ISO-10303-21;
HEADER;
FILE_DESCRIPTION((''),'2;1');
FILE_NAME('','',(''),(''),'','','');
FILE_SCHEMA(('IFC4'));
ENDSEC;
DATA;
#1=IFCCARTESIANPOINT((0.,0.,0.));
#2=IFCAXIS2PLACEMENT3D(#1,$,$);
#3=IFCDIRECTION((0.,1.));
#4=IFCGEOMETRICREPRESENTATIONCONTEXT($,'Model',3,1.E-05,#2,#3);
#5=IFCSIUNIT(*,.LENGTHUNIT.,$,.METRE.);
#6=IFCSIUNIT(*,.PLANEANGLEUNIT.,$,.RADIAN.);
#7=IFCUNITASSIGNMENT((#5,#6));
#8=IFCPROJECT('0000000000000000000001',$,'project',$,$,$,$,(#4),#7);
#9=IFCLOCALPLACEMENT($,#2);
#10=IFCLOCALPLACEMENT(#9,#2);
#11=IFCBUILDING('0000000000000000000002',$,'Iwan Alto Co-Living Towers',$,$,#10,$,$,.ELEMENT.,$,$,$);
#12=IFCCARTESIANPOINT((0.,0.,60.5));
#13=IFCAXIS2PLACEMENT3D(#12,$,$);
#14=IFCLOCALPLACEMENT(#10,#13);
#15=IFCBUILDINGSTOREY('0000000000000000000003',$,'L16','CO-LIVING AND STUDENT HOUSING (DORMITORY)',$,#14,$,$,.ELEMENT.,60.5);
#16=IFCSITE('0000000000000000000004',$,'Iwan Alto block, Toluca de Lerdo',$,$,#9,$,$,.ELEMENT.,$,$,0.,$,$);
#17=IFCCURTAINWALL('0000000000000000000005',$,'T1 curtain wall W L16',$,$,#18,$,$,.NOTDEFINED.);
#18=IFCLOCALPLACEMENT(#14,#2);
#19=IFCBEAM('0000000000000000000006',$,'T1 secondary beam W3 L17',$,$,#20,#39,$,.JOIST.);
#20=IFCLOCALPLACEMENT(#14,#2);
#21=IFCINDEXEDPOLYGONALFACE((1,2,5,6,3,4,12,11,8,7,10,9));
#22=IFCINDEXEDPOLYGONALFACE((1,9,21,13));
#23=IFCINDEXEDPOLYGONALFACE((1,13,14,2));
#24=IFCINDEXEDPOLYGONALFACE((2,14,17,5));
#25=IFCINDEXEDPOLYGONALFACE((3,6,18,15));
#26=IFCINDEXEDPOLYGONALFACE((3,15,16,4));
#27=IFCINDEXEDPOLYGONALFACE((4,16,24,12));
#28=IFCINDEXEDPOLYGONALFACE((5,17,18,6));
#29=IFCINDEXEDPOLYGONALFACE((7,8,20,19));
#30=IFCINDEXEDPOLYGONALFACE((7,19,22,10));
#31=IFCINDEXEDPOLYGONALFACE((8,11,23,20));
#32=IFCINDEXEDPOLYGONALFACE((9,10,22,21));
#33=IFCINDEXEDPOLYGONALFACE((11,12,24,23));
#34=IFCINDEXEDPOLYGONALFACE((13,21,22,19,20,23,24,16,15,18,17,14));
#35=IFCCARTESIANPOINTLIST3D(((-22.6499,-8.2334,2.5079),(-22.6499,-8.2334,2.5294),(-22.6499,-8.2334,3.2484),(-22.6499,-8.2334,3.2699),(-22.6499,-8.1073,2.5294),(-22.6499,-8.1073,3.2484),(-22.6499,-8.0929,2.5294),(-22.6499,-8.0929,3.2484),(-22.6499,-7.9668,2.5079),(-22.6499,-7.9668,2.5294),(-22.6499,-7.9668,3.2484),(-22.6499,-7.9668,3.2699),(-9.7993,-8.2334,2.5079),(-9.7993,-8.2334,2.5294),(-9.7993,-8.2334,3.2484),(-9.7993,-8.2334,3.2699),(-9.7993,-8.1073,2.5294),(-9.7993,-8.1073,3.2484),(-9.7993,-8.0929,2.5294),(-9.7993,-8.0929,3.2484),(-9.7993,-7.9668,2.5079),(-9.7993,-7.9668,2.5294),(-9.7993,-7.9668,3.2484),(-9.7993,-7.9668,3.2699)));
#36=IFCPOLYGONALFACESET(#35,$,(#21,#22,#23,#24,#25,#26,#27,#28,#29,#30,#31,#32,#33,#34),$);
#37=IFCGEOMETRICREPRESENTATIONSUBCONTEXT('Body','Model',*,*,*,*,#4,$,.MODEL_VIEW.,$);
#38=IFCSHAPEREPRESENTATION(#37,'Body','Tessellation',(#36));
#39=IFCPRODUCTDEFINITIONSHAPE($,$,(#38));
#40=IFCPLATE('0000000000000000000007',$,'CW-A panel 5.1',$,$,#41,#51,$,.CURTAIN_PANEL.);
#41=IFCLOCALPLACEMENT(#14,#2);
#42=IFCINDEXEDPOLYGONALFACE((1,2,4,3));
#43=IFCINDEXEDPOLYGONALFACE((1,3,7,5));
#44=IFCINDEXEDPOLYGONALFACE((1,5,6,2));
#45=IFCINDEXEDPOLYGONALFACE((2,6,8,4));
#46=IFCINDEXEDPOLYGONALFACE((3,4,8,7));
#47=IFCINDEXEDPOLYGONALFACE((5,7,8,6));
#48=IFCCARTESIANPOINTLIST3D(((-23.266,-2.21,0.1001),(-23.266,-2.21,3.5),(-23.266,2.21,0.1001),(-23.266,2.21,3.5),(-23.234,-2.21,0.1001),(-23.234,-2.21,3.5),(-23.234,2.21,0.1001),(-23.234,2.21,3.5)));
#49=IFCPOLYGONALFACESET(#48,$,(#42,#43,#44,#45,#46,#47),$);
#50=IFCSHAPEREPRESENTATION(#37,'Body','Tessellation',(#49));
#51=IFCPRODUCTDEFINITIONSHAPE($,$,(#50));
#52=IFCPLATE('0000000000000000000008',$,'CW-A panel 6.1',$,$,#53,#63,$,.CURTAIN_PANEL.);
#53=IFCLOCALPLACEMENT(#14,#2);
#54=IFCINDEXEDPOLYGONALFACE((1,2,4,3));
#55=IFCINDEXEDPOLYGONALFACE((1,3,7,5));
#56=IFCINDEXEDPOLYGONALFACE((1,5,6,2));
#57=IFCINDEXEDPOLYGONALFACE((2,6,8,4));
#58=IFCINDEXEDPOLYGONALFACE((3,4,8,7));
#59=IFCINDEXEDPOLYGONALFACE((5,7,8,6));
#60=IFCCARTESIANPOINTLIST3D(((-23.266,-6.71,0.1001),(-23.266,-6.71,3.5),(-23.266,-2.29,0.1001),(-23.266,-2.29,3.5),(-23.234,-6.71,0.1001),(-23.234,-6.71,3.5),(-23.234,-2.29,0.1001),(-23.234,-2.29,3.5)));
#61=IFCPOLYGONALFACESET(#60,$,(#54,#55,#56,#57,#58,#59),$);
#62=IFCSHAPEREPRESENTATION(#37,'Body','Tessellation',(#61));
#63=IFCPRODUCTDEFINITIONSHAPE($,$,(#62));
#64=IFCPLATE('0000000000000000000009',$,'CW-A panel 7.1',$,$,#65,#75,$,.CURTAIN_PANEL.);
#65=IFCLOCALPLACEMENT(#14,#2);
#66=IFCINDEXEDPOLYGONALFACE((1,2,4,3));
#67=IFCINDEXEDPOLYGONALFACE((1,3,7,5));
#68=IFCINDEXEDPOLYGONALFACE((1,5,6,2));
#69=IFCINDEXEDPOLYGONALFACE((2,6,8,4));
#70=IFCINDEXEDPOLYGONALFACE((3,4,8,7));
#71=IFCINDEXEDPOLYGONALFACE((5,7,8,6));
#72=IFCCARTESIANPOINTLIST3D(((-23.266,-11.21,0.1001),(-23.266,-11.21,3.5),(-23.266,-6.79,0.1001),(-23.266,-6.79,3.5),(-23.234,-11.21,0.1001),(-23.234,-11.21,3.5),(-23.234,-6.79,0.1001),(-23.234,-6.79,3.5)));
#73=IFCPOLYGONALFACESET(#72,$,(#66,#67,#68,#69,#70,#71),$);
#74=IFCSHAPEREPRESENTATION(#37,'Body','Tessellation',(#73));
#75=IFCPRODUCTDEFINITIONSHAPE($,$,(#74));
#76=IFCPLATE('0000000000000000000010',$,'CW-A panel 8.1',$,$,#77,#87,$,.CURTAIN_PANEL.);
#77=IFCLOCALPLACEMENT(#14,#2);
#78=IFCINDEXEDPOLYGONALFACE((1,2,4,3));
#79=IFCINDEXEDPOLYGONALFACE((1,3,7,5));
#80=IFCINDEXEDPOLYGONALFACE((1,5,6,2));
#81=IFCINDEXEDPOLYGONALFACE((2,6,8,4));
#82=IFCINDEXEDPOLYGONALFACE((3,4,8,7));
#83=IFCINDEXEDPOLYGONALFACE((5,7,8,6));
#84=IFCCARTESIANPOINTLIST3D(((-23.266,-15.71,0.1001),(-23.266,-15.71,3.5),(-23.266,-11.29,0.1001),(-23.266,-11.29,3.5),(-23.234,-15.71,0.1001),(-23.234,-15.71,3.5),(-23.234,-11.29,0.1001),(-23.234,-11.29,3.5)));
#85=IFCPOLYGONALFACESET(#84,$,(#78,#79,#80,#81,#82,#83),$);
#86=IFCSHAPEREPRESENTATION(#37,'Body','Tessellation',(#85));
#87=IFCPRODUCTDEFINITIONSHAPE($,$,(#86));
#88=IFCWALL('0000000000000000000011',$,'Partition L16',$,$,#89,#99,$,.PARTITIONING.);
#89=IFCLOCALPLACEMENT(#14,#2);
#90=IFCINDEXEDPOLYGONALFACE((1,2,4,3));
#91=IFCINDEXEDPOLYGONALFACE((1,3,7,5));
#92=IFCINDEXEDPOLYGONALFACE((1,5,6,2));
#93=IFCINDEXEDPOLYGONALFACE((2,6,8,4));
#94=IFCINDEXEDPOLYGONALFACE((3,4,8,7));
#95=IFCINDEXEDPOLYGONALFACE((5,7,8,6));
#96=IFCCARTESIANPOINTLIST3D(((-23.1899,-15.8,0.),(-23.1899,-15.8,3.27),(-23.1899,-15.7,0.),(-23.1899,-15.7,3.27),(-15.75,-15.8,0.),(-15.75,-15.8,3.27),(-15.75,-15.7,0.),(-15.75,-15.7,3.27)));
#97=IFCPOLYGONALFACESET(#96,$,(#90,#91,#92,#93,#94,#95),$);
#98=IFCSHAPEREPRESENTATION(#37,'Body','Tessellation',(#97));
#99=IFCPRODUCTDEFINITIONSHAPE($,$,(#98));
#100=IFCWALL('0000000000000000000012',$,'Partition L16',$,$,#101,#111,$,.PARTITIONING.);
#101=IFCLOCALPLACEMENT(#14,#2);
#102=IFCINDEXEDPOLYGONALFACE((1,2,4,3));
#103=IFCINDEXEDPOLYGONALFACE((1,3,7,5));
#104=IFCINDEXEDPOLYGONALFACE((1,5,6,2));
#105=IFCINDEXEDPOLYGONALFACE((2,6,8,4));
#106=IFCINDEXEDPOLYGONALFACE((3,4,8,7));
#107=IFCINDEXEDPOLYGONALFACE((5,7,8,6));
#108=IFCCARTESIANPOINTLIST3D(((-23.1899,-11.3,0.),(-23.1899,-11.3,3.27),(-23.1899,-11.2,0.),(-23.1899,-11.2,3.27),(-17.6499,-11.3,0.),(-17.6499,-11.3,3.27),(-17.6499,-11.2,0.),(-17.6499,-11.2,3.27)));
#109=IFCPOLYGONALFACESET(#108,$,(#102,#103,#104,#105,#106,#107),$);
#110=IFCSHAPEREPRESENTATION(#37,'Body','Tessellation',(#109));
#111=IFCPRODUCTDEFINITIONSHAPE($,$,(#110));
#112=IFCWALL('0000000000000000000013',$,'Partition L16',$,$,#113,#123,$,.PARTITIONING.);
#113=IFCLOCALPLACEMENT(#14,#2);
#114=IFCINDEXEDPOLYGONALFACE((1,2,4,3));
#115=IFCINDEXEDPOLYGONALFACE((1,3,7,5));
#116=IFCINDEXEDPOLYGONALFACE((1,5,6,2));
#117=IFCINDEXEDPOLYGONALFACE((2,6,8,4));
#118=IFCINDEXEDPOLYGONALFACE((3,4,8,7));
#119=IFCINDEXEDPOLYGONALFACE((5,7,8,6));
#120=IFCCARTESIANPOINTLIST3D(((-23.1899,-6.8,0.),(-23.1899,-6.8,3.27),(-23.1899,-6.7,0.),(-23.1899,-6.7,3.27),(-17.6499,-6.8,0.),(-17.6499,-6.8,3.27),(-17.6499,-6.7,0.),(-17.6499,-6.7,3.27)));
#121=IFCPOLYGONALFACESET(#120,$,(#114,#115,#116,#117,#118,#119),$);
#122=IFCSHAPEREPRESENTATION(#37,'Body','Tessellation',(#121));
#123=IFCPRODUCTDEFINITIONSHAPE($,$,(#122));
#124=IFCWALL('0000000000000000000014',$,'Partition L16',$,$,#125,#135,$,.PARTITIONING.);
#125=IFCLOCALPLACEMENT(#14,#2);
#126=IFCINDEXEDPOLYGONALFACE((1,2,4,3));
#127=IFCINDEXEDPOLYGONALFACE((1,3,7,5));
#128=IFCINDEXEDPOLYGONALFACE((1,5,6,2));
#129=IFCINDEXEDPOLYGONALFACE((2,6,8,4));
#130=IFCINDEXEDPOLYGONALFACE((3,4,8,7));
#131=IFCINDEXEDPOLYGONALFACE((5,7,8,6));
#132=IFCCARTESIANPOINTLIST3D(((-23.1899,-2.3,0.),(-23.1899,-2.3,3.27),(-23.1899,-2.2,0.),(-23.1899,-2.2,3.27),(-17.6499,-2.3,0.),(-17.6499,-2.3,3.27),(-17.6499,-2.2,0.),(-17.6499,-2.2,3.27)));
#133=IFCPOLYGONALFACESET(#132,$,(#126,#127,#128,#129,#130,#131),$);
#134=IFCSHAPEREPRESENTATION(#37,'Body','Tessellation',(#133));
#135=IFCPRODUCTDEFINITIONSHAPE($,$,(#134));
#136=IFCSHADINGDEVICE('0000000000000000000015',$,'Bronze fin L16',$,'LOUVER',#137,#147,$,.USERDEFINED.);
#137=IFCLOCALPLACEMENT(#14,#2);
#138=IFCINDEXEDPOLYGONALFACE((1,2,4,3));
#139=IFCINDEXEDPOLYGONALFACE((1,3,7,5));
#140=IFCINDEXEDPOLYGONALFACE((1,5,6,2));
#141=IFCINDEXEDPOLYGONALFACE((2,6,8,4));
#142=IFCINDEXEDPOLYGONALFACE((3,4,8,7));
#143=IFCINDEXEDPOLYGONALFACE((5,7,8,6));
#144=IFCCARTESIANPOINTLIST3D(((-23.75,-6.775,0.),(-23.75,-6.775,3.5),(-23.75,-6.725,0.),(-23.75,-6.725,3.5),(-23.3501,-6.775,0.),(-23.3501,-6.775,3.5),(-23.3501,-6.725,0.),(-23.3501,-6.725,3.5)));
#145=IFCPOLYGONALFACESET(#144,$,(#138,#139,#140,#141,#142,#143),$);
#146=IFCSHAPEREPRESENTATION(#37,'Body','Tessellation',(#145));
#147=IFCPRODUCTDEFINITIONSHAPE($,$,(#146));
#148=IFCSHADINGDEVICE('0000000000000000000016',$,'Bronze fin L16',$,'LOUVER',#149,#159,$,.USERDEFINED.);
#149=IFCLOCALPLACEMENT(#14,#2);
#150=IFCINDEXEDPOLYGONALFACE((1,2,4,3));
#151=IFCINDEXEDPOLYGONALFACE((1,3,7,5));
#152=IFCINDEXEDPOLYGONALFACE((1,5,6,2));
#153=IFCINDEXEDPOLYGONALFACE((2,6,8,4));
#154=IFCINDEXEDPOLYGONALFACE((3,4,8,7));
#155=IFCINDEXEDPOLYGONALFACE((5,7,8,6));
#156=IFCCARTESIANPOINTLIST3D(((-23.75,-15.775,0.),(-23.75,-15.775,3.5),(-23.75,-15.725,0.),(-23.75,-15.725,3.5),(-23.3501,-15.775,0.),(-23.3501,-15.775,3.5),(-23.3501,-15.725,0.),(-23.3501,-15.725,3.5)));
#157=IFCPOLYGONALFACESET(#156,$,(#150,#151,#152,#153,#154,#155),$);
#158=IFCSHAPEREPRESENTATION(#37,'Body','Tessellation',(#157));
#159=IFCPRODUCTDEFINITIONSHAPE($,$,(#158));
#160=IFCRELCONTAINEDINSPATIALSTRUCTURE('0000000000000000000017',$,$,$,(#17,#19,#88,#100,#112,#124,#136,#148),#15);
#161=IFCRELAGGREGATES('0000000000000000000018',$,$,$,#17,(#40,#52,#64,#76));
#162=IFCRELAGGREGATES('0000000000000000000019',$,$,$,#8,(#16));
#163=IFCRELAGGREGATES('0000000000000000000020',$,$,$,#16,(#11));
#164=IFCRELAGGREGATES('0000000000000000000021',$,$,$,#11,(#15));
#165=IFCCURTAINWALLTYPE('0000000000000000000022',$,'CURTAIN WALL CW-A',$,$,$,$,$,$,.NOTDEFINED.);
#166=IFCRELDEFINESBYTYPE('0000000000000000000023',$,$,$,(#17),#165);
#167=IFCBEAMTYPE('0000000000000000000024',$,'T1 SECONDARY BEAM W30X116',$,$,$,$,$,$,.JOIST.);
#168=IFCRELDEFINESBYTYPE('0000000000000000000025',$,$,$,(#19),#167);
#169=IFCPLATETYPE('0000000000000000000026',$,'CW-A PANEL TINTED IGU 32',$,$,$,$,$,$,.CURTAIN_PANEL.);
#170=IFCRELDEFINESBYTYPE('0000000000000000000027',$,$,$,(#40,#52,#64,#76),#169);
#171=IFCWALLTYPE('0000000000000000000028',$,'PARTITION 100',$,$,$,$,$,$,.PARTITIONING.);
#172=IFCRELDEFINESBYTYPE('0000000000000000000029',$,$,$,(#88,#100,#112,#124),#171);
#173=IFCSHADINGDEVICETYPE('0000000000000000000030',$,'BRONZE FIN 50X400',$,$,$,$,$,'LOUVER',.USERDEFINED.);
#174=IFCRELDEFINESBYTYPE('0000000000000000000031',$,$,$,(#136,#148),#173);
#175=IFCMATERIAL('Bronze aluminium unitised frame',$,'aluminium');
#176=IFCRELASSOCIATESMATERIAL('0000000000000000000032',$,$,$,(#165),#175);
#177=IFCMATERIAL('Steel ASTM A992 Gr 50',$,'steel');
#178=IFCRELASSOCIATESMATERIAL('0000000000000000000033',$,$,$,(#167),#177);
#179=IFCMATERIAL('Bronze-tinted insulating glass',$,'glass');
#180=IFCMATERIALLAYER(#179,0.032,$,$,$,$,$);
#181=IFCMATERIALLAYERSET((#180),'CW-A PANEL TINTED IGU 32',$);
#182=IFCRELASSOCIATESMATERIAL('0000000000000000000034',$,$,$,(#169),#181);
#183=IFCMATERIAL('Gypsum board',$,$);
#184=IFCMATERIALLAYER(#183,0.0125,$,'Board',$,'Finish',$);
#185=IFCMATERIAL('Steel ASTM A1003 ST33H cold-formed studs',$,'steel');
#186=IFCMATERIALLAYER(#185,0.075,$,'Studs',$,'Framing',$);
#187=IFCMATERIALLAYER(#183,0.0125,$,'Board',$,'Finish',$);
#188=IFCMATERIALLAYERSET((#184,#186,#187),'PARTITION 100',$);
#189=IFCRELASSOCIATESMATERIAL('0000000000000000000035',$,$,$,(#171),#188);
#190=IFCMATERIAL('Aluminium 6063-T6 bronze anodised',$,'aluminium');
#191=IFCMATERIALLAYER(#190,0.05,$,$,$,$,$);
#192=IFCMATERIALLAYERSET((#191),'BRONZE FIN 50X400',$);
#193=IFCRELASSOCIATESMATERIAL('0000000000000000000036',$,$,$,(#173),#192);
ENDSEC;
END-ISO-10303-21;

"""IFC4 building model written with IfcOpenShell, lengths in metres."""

from ifc_helpers import new_model, si_unit, direction, frame, frame_2d, origin, origin_2d, place, context, subcontext, project, spatial, rectangle, i_section, extrude, material, layer, layer_set, material_profile, profile_set, type_object, element, aggregate, save


model = new_model("IFC4")

# Units and contexts
model_context = context("Model", 3, precision=1e-05, world=origin(), true_north=direction((0.0, 1.0)))
body_context = subcontext(model_context, "Body", "Model", "MODEL_VIEW")
ifc_project = project(units=[si_unit("LENGTHUNIT", "METRE"), si_unit("PLANEANGLEUNIT", "RADIAN")], contexts=[model_context])

# Site, building, storey
site_placement = place(None, origin())
site = spatial("IfcSite", under=ifc_project, at=site_placement, Name="Iwan Alto block, Toluca de Lerdo", CompositionType="ELEMENT", RefElevation=0.0)
building_placement = place(site_placement, origin())
building = spatial("IfcBuilding", under=site, at=building_placement, Name="Iwan Alto Co-Living Towers", CompositionType="ELEMENT")
storey_placement = place(building_placement, frame((0.0, 0.0, 60.5)))
storey = spatial("IfcBuildingStorey", under=building, at=storey_placement, Name="L16", Description="CO-LIVING AND STUDENT HOUSING (DORMITORY)", CompositionType="ELEMENT", Elevation=60.5)

# Curtain wall
ifc_material_1 = material(Name="Bronze aluminium unitised frame", Category="aluminium")
curtain_wall_type = type_object("IfcCurtainWallType", Name="CURTAIN WALL CW-A", PredefinedType="NOTDEFINED", material=ifc_material_1)
curtain_wall_placement = place(storey_placement, origin())
curtain_wall = element("IfcCurtainWall", 1, at=curtain_wall_placement, inside=storey, type_object=curtain_wall_type, Name="T1 curtain wall W L16", PredefinedType="NOTDEFINED")

# Beam
ifc_material_2 = material(Name="Steel ASTM A992 Gr 50", Category="steel")
ifc_material_profile_1 = material_profile(ifc_material_2, i_section(OverallWidth=0.2666, OverallDepth=0.762, WebThickness=0.0144, FlangeThickness=0.0215, at=origin_2d()), Name="W30X116")
ifc_profile_set_1 = profile_set([ifc_material_profile_1], Name="Steel ASTM A992 Gr 50")
beam_type_1 = type_object("IfcBeamType", Name="T1 SECONDARY BEAM W30X116", PredefinedType="JOIST", material=ifc_profile_set_1)
beam_1_placement = place(storey_placement, frame((-22.6499, -8.1001, 2.8889), z_axis=(1.0, 0.0, 0.0), x_axis=(0.0, 1.0, 0.0)))
element("IfcBeam", 2, at=beam_1_placement, inside=storey, type_object=beam_type_1, Name="T1 secondary beam W3 L17", PredefinedType="JOIST", context=body_context, shape_type="SweptSolid", body=[
    extrude(i_section(OverallWidth=0.2666, OverallDepth=0.762, WebThickness=0.0144, FlangeThickness=0.0215, at=origin_2d()), origin(), (0.0, 0.0, 1.0), 12.8506),
])

# Plates
ifc_material_3 = material(Name="Bronze-tinted insulating glass", Category="glass")
ifc_layer_1 = layer(ifc_material_3, 0.032)
ifc_layer_set_1 = layer_set([ifc_layer_1], Name="CW-A PANEL TINTED IGU 32")
plate_type = type_object("IfcPlateType", Name="CW-A PANEL TINTED IGU 32", PredefinedType="CURTAIN_PANEL", material=ifc_layer_set_1)
plate_1_placement = place(storey_placement, frame((-23.25, 0.0, 0.1001), z_axis=(0.0, 0.0, 1.0), x_axis=(0.0, -1.0, 0.0)))
plate_1 = element("IfcPlate", 3, at=plate_1_placement, type_object=plate_type, Name="CW-A panel 5.1", PredefinedType="CURTAIN_PANEL", context=body_context, shape_type="SweptSolid", body=[
    extrude(rectangle(XDim=4.4199, YDim=0.032, at=origin_2d()), origin(), (0.0, 0.0, 1.0), 3.3999),
])
plate_2_placement = place(storey_placement, frame((-23.25, -4.5, 0.1001), z_axis=(0.0, 0.0, 1.0), x_axis=(0.0, -1.0, 0.0)))
plate_2 = element("IfcPlate", 4, at=plate_2_placement, type_object=plate_type, Name="CW-A panel 6.1", PredefinedType="CURTAIN_PANEL", context=body_context, shape_type="SweptSolid", body=[
    extrude(rectangle(XDim=4.4199, YDim=0.032, at=origin_2d()), origin(), (0.0, 0.0, 1.0), 3.3999),
])
plate_3_placement = place(storey_placement, frame((-23.25, -9.0, 0.1001), z_axis=(0.0, 0.0, 1.0), x_axis=(0.0, -1.0, 0.0)))
plate_3 = element("IfcPlate", 5, at=plate_3_placement, type_object=plate_type, Name="CW-A panel 7.1", PredefinedType="CURTAIN_PANEL", context=body_context, shape_type="SweptSolid", body=[
    extrude(rectangle(XDim=4.4199, YDim=0.032, at=origin_2d()), origin(), (0.0, 0.0, 1.0), 3.3999),
])
plate_4_placement = place(storey_placement, frame((-23.25, -13.5, 0.1001), z_axis=(0.0, 0.0, 1.0), x_axis=(0.0, -1.0, 0.0)))
plate_4 = element("IfcPlate", 6, at=plate_4_placement, type_object=plate_type, Name="CW-A panel 8.1", PredefinedType="CURTAIN_PANEL", context=body_context, shape_type="SweptSolid", body=[
    extrude(rectangle(XDim=4.4199, YDim=0.032, at=origin_2d()), origin(), (0.0, 0.0, 1.0), 3.3999),
])
aggregate(curtain_wall, [plate_1, plate_2, plate_3, plate_4])

# Walls
ifc_material_4 = material(Name="Gypsum board")
ifc_layer_2 = layer(ifc_material_4, 0.0125, Name="Board", Category="Finish")
ifc_material_5 = material(Name="Steel ASTM A1003 ST33H cold-formed studs", Category="steel")
ifc_layer_3 = layer(ifc_material_5, 0.075, Name="Studs", Category="Framing")
ifc_layer_4 = layer(ifc_material_4, 0.0125, Name="Board", Category="Finish")
ifc_layer_set_2 = layer_set([ifc_layer_2, ifc_layer_3, ifc_layer_4], Name="PARTITION 100")
wall_type = type_object("IfcWallType", Name="PARTITION 100", PredefinedType="PARTITIONING", material=ifc_layer_set_2)
wall_placement = place(storey_placement, frame((-23.1899, -15.75, 0.0), z_axis=(0.0, 0.0, 1.0), x_axis=(1.0, 0.0, 0.0)))
element("IfcWall", 7, at=wall_placement, inside=storey, type_object=wall_type, Name="Partition L16", PredefinedType="PARTITIONING", context=body_context, shape_type="SweptSolid", body=[
    extrude(rectangle(XDim=7.4399, YDim=0.1001, at=frame_2d((3.72, 0.0))), origin(), (0.0, 0.0, 1.0), 3.27),
])
for number, where, z_axis, x_axis, name in (
    (8, (-23.1899, -11.25, 0.0), (0.0, 0.0, 1.0), (1.0, 0.0, 0.0), "Partition L16"),
    (9, (-23.1899, -6.75, 0.0), (0.0, 0.0, 1.0), (1.0, 0.0, 0.0), "Partition L16"),
    (10, (-23.1899, -2.25, 0.0), (0.0, 0.0, 1.0), (1.0, 0.0, 0.0), "Partition L16"),
):
    element("IfcWall", number, at=place(storey_placement, frame(where, z_axis=z_axis, x_axis=x_axis)), inside=storey, type_object=wall_type, Name=name, PredefinedType="PARTITIONING", context=body_context, shape_type="SweptSolid", body=[
        extrude(rectangle(XDim=5.54, YDim=0.1001, at=frame_2d((2.77, 0.0))), origin(), (0.0, 0.0, 1.0), 3.27),
    ])

# Shading devices
ifc_material_6 = material(Name="Aluminium 6063-T6 bronze anodised", Category="aluminium")
ifc_layer_5 = layer(ifc_material_6, 0.05)
ifc_layer_set_3 = layer_set([ifc_layer_5], Name="BRONZE FIN 50X400")
shading_device_type = type_object("IfcShadingDeviceType", Name="BRONZE FIN 50X400", ElementType="LOUVER", PredefinedType="USERDEFINED", material=ifc_layer_set_3)
for number, where, z_axis, x_axis, name in (
    (11, (-23.55, -6.75, 0.0), (0.0, 0.0, 1.0), (0.0, -1.0, 0.0), "Bronze fin L16"),
    (12, (-23.55, -15.75, 0.0), (0.0, 0.0, 1.0), (0.0, -1.0, 0.0), "Bronze fin L16"),
):
    element("IfcShadingDevice", number, at=place(storey_placement, frame(where, z_axis=z_axis, x_axis=x_axis)), inside=storey, type_object=shading_device_type, Name=name, ObjectType="LOUVER", PredefinedType="USERDEFINED", context=body_context, shape_type="SweptSolid", body=[
        extrude(rectangle(XDim=0.05, YDim=0.3999, at=origin_2d()), origin(), (0.0, 0.0, 1.0), 3.5),
    ])

save(model, "model.ifc")
